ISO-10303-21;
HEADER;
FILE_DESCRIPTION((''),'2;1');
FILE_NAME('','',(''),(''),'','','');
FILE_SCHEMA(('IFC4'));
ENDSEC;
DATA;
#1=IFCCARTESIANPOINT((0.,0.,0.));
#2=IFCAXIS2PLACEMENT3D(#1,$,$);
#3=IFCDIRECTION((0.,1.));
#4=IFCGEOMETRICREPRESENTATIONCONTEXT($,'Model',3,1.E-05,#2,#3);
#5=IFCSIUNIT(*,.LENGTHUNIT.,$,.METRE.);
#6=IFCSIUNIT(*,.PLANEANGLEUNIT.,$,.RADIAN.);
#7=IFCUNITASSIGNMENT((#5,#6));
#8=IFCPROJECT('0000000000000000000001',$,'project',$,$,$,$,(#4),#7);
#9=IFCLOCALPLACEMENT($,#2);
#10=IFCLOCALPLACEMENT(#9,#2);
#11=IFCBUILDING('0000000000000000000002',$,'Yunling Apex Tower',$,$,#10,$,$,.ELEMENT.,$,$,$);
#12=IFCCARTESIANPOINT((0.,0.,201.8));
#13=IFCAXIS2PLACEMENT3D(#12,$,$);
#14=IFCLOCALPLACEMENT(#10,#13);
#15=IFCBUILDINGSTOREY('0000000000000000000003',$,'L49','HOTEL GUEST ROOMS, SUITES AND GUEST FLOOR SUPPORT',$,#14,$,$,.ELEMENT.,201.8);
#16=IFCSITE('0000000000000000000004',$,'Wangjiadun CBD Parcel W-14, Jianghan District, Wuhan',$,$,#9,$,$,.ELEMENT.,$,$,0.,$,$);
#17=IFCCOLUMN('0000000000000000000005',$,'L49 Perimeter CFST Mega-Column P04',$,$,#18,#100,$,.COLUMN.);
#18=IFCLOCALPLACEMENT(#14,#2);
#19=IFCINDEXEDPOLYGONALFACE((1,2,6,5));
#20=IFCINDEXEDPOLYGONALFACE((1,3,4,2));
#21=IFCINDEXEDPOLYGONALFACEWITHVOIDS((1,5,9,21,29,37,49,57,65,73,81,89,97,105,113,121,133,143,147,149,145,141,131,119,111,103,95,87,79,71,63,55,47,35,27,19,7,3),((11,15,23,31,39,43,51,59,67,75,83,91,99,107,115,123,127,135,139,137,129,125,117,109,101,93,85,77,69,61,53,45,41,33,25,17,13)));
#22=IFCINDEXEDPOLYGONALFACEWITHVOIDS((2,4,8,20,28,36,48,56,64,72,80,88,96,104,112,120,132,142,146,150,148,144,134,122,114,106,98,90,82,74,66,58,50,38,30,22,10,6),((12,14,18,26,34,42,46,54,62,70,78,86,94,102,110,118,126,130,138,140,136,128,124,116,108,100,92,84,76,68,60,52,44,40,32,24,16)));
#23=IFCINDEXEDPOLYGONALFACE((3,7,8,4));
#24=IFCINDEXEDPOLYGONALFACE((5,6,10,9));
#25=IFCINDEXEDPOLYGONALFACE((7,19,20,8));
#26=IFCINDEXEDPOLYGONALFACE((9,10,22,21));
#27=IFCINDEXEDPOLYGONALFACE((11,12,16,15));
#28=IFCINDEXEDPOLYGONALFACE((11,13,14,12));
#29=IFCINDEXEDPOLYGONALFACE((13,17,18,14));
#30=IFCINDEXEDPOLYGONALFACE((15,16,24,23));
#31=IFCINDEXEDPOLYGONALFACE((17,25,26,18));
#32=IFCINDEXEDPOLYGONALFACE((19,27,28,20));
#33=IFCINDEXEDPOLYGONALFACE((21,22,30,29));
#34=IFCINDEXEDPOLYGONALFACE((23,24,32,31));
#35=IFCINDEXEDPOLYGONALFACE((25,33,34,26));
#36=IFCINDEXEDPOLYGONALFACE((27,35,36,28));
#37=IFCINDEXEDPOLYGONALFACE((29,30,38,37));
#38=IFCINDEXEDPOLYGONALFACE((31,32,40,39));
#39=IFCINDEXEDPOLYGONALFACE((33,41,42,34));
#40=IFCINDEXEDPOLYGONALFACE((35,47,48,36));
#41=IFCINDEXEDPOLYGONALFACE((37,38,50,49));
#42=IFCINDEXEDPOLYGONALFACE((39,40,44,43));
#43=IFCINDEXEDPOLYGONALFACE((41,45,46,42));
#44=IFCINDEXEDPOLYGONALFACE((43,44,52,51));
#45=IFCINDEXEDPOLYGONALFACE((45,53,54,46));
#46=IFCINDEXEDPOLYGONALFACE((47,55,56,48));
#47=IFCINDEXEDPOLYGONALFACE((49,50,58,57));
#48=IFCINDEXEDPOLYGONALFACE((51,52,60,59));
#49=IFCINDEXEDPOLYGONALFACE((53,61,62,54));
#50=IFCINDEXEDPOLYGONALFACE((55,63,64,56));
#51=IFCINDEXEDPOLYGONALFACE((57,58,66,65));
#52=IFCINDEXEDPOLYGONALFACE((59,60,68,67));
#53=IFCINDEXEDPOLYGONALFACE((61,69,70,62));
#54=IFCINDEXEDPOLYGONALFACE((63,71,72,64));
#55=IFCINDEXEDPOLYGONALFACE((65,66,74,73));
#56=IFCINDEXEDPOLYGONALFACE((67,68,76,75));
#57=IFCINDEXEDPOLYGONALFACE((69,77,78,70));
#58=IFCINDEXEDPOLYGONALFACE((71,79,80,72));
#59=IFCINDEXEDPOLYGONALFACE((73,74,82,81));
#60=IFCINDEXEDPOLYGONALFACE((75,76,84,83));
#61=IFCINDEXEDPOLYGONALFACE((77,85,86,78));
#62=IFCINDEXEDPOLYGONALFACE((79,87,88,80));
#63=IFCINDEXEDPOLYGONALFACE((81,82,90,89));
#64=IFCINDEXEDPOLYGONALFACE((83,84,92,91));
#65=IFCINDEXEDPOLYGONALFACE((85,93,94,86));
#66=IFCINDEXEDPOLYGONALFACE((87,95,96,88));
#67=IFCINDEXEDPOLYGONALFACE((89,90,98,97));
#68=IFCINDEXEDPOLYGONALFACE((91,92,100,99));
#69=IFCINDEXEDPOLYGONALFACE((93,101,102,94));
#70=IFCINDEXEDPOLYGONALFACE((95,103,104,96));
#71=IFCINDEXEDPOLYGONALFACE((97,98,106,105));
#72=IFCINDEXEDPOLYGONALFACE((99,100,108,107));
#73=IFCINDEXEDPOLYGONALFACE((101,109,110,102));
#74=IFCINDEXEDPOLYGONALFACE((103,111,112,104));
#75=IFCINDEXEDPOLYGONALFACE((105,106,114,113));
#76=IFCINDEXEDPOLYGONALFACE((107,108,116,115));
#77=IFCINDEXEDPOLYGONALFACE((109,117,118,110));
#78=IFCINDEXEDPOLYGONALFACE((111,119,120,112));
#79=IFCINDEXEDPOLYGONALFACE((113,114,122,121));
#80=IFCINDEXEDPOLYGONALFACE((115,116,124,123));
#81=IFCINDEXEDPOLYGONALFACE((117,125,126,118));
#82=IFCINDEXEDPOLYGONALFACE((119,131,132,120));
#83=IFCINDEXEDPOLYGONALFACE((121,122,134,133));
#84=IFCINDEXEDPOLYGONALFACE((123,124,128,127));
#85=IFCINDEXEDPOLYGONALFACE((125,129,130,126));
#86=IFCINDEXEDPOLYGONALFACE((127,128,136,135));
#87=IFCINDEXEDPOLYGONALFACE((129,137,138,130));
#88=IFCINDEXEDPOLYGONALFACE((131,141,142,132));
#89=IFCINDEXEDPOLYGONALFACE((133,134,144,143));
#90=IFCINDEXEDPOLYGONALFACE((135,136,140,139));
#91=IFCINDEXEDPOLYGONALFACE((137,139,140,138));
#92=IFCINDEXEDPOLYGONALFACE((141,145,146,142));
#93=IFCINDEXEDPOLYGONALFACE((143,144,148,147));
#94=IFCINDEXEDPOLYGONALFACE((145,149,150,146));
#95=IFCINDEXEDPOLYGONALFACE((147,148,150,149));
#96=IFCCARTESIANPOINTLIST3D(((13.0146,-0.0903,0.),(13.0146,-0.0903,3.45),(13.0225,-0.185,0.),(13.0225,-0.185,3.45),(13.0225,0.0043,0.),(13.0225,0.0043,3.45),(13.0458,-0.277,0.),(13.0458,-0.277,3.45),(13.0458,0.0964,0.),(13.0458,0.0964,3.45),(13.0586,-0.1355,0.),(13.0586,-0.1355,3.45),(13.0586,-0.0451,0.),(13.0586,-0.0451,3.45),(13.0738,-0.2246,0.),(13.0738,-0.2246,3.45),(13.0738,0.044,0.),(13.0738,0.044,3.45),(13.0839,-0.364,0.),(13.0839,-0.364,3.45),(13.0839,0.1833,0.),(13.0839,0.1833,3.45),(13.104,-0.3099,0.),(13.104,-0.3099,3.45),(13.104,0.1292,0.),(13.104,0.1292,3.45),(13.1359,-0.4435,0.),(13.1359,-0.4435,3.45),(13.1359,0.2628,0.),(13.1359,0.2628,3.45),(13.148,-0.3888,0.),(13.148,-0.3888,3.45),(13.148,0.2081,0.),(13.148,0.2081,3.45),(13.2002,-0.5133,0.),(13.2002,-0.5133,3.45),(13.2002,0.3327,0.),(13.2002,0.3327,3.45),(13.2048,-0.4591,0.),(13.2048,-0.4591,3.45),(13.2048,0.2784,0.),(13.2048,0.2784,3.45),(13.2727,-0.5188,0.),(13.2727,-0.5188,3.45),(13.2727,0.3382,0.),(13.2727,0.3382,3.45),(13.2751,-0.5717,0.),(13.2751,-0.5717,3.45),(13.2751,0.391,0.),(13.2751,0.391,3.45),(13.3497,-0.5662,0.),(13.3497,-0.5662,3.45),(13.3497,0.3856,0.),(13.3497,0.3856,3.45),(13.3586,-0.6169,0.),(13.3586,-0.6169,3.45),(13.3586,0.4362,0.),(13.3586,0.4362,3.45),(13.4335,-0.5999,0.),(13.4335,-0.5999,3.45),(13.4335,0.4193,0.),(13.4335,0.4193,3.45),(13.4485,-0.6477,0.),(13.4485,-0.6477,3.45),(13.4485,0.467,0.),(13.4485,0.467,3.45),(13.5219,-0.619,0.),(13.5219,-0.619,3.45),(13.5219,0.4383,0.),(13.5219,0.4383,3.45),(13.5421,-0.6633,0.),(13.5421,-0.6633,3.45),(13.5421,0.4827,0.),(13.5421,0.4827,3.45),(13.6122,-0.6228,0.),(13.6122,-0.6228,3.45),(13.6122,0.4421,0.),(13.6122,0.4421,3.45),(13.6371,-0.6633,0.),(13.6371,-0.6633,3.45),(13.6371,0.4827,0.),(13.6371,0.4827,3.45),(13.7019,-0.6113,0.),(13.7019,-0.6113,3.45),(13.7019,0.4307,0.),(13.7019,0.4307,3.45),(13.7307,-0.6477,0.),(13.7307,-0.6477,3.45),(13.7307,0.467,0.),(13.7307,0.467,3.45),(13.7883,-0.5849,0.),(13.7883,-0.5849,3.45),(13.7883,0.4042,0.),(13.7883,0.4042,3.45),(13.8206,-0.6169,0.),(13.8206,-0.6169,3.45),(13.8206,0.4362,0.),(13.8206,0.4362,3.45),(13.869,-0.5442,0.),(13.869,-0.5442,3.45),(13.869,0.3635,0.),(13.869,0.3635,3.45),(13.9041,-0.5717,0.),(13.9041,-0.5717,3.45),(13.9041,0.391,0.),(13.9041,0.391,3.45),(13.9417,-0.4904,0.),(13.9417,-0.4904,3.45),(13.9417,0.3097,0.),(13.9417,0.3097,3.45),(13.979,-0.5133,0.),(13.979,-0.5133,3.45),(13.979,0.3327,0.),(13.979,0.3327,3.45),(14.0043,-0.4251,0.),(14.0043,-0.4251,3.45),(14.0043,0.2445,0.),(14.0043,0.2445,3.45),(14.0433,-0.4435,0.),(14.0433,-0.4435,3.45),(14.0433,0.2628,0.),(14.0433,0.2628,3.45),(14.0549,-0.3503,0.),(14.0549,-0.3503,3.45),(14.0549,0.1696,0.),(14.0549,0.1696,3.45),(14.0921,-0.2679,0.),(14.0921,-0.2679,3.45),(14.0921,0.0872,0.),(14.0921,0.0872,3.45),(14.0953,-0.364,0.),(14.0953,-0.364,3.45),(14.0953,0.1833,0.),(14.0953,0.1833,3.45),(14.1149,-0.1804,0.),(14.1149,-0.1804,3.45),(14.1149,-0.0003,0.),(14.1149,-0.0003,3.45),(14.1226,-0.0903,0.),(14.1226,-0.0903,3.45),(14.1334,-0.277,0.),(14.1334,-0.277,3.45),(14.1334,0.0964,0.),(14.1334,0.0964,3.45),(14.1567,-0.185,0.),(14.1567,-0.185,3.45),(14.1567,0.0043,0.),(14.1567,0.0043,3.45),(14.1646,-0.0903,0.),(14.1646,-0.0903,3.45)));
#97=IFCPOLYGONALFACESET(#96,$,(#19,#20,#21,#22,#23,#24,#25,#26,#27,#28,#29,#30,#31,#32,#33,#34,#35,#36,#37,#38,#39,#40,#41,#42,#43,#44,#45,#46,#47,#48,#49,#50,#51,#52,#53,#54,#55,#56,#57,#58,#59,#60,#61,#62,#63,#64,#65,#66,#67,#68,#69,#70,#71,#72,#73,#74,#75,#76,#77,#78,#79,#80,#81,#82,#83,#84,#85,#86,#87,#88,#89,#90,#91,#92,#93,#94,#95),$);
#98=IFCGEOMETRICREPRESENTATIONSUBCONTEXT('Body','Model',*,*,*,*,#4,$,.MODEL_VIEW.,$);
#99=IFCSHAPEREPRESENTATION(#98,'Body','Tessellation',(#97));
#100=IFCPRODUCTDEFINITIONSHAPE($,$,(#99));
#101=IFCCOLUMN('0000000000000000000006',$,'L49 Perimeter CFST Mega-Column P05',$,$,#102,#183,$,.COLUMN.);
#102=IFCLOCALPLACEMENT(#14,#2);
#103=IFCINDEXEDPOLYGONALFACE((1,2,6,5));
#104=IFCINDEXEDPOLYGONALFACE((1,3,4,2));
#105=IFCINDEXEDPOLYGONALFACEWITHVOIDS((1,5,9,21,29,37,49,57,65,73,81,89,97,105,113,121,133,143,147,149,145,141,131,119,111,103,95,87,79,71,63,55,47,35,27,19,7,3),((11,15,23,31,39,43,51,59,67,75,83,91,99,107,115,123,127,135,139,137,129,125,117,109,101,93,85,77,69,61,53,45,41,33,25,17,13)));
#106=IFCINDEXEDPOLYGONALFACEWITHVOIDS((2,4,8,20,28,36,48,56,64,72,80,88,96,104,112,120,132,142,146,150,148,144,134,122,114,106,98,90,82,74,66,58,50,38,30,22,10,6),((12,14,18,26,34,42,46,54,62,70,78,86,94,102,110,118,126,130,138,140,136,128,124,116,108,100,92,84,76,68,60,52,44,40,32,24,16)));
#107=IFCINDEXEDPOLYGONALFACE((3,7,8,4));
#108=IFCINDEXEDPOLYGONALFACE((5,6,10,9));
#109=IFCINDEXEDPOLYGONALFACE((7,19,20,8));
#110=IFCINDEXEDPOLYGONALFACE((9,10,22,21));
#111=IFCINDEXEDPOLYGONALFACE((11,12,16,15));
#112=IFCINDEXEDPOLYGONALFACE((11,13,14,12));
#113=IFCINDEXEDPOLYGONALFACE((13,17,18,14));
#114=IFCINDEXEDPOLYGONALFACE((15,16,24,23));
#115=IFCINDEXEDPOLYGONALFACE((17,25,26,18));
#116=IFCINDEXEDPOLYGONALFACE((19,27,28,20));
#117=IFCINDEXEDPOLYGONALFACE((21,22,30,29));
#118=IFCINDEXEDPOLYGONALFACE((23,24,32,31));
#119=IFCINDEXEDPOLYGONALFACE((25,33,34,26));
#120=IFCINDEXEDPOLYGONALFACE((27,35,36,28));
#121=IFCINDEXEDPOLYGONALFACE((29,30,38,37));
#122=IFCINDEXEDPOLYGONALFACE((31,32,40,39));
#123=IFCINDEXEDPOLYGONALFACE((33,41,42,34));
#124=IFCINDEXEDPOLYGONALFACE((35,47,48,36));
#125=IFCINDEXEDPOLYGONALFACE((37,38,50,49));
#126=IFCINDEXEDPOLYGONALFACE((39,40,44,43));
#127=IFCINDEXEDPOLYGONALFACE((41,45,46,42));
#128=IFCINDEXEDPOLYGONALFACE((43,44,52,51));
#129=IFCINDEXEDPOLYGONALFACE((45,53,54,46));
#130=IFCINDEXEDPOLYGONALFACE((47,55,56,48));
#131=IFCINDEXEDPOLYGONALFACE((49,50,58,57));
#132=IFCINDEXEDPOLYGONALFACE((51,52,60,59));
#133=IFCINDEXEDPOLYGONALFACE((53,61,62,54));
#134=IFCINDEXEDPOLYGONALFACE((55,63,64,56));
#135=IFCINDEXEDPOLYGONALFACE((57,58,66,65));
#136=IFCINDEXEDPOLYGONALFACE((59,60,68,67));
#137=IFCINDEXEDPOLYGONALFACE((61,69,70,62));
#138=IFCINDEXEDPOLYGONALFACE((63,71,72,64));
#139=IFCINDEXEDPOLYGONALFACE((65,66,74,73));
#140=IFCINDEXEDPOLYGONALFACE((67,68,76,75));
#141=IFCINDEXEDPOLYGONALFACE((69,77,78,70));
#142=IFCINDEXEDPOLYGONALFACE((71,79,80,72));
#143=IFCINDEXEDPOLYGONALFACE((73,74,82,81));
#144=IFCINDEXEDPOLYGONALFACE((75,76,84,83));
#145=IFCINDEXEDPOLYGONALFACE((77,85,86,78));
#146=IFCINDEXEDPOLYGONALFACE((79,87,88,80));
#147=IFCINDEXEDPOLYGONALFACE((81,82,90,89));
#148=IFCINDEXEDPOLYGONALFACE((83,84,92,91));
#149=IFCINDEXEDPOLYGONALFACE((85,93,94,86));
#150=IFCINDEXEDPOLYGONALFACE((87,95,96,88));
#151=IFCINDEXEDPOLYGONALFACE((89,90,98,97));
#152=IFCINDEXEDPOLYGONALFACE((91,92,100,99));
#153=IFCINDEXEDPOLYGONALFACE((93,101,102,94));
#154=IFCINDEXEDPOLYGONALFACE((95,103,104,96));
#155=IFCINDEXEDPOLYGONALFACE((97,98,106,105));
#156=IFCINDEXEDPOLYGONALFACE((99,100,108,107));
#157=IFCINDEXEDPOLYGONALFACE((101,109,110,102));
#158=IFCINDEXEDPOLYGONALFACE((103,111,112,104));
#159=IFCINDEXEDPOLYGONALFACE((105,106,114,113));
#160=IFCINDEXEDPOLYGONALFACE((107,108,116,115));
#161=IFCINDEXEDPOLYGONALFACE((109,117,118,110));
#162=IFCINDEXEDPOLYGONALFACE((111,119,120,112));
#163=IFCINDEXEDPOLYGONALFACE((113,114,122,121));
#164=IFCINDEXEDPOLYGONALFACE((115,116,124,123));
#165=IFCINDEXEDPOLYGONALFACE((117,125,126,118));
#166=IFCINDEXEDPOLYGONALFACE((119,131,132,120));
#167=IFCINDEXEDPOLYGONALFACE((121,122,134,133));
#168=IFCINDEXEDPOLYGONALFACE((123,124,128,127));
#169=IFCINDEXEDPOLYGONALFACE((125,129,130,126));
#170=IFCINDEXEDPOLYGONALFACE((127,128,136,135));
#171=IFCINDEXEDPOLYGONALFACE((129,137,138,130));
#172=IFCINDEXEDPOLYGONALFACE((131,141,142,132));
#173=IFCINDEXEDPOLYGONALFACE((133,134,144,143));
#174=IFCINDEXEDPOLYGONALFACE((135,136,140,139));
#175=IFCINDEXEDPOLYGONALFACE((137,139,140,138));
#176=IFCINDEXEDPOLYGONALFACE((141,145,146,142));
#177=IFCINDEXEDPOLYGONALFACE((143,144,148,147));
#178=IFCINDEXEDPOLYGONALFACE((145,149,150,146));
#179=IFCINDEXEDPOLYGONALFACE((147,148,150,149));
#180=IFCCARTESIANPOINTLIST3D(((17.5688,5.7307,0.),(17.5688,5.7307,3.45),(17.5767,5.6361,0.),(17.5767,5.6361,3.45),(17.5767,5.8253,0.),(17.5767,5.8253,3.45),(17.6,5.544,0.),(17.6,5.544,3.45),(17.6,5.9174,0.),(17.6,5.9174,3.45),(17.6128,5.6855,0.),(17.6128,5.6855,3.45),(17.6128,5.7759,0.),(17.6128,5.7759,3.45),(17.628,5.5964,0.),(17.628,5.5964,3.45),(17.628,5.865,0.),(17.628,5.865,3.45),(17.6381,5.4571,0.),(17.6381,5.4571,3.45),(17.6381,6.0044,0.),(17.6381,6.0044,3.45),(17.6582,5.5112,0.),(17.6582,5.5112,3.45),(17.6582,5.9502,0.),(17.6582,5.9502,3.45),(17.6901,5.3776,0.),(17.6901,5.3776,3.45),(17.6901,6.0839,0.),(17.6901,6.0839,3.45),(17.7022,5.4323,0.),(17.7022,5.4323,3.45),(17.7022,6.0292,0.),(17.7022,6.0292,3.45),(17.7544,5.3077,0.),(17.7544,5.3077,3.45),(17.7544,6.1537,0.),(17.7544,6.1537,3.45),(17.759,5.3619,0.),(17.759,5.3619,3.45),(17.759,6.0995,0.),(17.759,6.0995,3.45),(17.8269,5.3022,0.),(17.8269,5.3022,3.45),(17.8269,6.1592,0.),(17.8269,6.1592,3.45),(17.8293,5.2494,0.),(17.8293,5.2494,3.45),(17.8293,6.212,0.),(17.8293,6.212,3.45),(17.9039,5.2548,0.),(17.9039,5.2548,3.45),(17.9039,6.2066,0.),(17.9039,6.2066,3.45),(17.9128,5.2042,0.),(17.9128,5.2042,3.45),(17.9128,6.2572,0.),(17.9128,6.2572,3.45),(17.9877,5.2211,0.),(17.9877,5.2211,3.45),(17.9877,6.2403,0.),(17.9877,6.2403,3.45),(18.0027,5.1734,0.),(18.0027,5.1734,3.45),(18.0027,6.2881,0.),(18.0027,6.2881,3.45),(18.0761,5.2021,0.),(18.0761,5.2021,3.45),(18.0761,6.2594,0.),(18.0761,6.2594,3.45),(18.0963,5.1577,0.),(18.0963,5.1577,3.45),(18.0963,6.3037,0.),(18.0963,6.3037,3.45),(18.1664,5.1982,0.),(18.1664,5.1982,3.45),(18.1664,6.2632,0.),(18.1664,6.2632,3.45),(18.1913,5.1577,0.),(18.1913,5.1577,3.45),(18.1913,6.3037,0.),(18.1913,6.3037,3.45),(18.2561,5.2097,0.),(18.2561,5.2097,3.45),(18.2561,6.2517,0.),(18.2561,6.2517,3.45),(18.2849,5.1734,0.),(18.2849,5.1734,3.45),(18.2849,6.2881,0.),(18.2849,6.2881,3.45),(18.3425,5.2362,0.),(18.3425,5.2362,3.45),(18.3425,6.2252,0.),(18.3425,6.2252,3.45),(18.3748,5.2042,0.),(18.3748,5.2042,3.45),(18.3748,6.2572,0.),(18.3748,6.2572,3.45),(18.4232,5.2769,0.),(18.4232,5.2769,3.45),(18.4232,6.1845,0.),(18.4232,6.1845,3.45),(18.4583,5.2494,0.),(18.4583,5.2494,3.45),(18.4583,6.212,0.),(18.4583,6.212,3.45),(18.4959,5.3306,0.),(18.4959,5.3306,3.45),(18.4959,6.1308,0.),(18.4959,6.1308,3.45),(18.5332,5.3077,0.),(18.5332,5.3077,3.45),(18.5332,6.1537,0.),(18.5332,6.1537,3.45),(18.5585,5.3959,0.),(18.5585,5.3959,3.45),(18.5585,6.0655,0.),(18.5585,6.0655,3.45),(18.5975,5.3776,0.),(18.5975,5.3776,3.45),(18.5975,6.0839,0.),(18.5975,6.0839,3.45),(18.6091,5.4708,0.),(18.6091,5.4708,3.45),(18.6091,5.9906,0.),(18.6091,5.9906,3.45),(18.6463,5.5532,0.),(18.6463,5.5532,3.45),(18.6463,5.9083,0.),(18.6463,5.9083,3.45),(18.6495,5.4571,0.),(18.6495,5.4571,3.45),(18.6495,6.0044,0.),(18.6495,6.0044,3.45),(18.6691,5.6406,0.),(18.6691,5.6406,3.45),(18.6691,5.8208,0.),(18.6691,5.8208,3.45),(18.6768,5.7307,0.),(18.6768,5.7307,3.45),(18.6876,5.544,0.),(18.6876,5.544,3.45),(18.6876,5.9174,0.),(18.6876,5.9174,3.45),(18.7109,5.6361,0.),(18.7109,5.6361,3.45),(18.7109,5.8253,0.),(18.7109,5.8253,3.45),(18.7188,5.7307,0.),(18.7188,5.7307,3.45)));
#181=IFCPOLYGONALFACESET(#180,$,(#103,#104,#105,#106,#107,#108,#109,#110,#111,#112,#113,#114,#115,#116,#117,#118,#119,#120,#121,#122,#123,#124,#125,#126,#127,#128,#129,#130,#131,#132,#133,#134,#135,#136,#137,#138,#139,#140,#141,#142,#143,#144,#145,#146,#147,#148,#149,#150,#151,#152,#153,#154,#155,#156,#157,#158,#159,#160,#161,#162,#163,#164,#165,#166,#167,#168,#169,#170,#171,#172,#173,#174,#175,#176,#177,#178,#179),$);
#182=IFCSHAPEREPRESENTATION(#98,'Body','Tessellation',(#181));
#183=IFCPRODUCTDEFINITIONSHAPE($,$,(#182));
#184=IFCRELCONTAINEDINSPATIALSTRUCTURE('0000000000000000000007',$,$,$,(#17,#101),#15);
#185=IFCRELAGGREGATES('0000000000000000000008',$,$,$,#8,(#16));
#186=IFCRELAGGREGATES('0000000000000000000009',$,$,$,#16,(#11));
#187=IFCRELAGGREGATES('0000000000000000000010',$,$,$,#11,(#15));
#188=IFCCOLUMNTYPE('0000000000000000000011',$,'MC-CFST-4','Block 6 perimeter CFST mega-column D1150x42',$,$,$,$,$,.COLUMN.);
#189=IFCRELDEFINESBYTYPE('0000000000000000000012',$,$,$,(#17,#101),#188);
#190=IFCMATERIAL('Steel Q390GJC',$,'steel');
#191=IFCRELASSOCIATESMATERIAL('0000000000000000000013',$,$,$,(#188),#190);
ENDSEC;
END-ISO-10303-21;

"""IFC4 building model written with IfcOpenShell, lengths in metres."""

from ifc_helpers import new_model, si_unit, direction, frame, origin, origin_2d, place, context, subcontext, project, spatial, hollow_circle, extrude, source, transform, mapped, material, material_profile, profile_set, type_object, element, save


model = new_model("IFC4")

# Units and contexts
model_context = context("Model", 3, precision=1e-05, world=origin(), true_north=direction((0.0, 1.0)))
body_context = subcontext(model_context, "Body", "Model", "MODEL_VIEW")
ifc_project = project(units=[si_unit("LENGTHUNIT", "METRE"), si_unit("PLANEANGLEUNIT", "RADIAN")], contexts=[model_context])

# Site, building, storey
site_placement = place(None, origin())
site = spatial("IfcSite", under=ifc_project, at=site_placement, Name="Wangjiadun CBD Parcel W-14, Jianghan District, Wuhan", CompositionType="ELEMENT", RefElevation=0.0)
building_placement = place(site_placement, origin())
building = spatial("IfcBuilding", under=site, at=building_placement, Name="Yunling Apex Tower", CompositionType="ELEMENT")
storey_placement = place(building_placement, frame((0.0, 0.0, 201.8)))
storey = spatial("IfcBuildingStorey", under=building, at=storey_placement, Name="L49", Description="HOTEL GUEST ROOMS, SUITES AND GUEST FLOOR SUPPORT", CompositionType="ELEMENT", Elevation=201.8)

# Columns
ifc_material_1 = material(Name="Steel Q390GJC", Category="steel")
ifc_material_profile_1 = material_profile(ifc_material_1, hollow_circle(Radius=0.575, WallThickness=0.042, at=origin_2d()))
ifc_profile_set_1 = profile_set([ifc_material_profile_1], Name="Steel Q390GJC")
column_type = type_object("IfcColumnType", Name="MC-CFST-4", Description="Block 6 perimeter CFST mega-column D1150x42", PredefinedType="COLUMN", material=ifc_profile_set_1)
shared_shape_1 = source(origin(), body_context, "Body", "SweptSolid", [
    extrude(hollow_circle(Radius=0.575, WallThickness=0.042, at=origin_2d()), origin(), (0.0, 0.0, 1.0), 3.45),
])
for number, where, z_axis, x_axis, name in (
    (1, (13.5896, -0.0903, 0.0), (0.0, 0.0, 1.0), (1.0, 0.0, 0.0), "L49 Perimeter CFST Mega-Column P04"),
    (2, (18.1438, 5.7307, 0.0), (0.0, 0.0, 1.0), (1.0, 0.0, 0.0), "L49 Perimeter CFST Mega-Column P05"),
):
    element("IfcColumn", number, at=place(storey_placement, frame(where, z_axis=z_axis, x_axis=x_axis)), inside=storey, type_object=column_type, Name=name, PredefinedType="COLUMN", context=body_context, shape_type="MappedRepresentation", body=[
        mapped(shared_shape_1, transform((0.0, 0.0, 0.0), scale=1.0)),
    ])

save(model, "model.ifc")
